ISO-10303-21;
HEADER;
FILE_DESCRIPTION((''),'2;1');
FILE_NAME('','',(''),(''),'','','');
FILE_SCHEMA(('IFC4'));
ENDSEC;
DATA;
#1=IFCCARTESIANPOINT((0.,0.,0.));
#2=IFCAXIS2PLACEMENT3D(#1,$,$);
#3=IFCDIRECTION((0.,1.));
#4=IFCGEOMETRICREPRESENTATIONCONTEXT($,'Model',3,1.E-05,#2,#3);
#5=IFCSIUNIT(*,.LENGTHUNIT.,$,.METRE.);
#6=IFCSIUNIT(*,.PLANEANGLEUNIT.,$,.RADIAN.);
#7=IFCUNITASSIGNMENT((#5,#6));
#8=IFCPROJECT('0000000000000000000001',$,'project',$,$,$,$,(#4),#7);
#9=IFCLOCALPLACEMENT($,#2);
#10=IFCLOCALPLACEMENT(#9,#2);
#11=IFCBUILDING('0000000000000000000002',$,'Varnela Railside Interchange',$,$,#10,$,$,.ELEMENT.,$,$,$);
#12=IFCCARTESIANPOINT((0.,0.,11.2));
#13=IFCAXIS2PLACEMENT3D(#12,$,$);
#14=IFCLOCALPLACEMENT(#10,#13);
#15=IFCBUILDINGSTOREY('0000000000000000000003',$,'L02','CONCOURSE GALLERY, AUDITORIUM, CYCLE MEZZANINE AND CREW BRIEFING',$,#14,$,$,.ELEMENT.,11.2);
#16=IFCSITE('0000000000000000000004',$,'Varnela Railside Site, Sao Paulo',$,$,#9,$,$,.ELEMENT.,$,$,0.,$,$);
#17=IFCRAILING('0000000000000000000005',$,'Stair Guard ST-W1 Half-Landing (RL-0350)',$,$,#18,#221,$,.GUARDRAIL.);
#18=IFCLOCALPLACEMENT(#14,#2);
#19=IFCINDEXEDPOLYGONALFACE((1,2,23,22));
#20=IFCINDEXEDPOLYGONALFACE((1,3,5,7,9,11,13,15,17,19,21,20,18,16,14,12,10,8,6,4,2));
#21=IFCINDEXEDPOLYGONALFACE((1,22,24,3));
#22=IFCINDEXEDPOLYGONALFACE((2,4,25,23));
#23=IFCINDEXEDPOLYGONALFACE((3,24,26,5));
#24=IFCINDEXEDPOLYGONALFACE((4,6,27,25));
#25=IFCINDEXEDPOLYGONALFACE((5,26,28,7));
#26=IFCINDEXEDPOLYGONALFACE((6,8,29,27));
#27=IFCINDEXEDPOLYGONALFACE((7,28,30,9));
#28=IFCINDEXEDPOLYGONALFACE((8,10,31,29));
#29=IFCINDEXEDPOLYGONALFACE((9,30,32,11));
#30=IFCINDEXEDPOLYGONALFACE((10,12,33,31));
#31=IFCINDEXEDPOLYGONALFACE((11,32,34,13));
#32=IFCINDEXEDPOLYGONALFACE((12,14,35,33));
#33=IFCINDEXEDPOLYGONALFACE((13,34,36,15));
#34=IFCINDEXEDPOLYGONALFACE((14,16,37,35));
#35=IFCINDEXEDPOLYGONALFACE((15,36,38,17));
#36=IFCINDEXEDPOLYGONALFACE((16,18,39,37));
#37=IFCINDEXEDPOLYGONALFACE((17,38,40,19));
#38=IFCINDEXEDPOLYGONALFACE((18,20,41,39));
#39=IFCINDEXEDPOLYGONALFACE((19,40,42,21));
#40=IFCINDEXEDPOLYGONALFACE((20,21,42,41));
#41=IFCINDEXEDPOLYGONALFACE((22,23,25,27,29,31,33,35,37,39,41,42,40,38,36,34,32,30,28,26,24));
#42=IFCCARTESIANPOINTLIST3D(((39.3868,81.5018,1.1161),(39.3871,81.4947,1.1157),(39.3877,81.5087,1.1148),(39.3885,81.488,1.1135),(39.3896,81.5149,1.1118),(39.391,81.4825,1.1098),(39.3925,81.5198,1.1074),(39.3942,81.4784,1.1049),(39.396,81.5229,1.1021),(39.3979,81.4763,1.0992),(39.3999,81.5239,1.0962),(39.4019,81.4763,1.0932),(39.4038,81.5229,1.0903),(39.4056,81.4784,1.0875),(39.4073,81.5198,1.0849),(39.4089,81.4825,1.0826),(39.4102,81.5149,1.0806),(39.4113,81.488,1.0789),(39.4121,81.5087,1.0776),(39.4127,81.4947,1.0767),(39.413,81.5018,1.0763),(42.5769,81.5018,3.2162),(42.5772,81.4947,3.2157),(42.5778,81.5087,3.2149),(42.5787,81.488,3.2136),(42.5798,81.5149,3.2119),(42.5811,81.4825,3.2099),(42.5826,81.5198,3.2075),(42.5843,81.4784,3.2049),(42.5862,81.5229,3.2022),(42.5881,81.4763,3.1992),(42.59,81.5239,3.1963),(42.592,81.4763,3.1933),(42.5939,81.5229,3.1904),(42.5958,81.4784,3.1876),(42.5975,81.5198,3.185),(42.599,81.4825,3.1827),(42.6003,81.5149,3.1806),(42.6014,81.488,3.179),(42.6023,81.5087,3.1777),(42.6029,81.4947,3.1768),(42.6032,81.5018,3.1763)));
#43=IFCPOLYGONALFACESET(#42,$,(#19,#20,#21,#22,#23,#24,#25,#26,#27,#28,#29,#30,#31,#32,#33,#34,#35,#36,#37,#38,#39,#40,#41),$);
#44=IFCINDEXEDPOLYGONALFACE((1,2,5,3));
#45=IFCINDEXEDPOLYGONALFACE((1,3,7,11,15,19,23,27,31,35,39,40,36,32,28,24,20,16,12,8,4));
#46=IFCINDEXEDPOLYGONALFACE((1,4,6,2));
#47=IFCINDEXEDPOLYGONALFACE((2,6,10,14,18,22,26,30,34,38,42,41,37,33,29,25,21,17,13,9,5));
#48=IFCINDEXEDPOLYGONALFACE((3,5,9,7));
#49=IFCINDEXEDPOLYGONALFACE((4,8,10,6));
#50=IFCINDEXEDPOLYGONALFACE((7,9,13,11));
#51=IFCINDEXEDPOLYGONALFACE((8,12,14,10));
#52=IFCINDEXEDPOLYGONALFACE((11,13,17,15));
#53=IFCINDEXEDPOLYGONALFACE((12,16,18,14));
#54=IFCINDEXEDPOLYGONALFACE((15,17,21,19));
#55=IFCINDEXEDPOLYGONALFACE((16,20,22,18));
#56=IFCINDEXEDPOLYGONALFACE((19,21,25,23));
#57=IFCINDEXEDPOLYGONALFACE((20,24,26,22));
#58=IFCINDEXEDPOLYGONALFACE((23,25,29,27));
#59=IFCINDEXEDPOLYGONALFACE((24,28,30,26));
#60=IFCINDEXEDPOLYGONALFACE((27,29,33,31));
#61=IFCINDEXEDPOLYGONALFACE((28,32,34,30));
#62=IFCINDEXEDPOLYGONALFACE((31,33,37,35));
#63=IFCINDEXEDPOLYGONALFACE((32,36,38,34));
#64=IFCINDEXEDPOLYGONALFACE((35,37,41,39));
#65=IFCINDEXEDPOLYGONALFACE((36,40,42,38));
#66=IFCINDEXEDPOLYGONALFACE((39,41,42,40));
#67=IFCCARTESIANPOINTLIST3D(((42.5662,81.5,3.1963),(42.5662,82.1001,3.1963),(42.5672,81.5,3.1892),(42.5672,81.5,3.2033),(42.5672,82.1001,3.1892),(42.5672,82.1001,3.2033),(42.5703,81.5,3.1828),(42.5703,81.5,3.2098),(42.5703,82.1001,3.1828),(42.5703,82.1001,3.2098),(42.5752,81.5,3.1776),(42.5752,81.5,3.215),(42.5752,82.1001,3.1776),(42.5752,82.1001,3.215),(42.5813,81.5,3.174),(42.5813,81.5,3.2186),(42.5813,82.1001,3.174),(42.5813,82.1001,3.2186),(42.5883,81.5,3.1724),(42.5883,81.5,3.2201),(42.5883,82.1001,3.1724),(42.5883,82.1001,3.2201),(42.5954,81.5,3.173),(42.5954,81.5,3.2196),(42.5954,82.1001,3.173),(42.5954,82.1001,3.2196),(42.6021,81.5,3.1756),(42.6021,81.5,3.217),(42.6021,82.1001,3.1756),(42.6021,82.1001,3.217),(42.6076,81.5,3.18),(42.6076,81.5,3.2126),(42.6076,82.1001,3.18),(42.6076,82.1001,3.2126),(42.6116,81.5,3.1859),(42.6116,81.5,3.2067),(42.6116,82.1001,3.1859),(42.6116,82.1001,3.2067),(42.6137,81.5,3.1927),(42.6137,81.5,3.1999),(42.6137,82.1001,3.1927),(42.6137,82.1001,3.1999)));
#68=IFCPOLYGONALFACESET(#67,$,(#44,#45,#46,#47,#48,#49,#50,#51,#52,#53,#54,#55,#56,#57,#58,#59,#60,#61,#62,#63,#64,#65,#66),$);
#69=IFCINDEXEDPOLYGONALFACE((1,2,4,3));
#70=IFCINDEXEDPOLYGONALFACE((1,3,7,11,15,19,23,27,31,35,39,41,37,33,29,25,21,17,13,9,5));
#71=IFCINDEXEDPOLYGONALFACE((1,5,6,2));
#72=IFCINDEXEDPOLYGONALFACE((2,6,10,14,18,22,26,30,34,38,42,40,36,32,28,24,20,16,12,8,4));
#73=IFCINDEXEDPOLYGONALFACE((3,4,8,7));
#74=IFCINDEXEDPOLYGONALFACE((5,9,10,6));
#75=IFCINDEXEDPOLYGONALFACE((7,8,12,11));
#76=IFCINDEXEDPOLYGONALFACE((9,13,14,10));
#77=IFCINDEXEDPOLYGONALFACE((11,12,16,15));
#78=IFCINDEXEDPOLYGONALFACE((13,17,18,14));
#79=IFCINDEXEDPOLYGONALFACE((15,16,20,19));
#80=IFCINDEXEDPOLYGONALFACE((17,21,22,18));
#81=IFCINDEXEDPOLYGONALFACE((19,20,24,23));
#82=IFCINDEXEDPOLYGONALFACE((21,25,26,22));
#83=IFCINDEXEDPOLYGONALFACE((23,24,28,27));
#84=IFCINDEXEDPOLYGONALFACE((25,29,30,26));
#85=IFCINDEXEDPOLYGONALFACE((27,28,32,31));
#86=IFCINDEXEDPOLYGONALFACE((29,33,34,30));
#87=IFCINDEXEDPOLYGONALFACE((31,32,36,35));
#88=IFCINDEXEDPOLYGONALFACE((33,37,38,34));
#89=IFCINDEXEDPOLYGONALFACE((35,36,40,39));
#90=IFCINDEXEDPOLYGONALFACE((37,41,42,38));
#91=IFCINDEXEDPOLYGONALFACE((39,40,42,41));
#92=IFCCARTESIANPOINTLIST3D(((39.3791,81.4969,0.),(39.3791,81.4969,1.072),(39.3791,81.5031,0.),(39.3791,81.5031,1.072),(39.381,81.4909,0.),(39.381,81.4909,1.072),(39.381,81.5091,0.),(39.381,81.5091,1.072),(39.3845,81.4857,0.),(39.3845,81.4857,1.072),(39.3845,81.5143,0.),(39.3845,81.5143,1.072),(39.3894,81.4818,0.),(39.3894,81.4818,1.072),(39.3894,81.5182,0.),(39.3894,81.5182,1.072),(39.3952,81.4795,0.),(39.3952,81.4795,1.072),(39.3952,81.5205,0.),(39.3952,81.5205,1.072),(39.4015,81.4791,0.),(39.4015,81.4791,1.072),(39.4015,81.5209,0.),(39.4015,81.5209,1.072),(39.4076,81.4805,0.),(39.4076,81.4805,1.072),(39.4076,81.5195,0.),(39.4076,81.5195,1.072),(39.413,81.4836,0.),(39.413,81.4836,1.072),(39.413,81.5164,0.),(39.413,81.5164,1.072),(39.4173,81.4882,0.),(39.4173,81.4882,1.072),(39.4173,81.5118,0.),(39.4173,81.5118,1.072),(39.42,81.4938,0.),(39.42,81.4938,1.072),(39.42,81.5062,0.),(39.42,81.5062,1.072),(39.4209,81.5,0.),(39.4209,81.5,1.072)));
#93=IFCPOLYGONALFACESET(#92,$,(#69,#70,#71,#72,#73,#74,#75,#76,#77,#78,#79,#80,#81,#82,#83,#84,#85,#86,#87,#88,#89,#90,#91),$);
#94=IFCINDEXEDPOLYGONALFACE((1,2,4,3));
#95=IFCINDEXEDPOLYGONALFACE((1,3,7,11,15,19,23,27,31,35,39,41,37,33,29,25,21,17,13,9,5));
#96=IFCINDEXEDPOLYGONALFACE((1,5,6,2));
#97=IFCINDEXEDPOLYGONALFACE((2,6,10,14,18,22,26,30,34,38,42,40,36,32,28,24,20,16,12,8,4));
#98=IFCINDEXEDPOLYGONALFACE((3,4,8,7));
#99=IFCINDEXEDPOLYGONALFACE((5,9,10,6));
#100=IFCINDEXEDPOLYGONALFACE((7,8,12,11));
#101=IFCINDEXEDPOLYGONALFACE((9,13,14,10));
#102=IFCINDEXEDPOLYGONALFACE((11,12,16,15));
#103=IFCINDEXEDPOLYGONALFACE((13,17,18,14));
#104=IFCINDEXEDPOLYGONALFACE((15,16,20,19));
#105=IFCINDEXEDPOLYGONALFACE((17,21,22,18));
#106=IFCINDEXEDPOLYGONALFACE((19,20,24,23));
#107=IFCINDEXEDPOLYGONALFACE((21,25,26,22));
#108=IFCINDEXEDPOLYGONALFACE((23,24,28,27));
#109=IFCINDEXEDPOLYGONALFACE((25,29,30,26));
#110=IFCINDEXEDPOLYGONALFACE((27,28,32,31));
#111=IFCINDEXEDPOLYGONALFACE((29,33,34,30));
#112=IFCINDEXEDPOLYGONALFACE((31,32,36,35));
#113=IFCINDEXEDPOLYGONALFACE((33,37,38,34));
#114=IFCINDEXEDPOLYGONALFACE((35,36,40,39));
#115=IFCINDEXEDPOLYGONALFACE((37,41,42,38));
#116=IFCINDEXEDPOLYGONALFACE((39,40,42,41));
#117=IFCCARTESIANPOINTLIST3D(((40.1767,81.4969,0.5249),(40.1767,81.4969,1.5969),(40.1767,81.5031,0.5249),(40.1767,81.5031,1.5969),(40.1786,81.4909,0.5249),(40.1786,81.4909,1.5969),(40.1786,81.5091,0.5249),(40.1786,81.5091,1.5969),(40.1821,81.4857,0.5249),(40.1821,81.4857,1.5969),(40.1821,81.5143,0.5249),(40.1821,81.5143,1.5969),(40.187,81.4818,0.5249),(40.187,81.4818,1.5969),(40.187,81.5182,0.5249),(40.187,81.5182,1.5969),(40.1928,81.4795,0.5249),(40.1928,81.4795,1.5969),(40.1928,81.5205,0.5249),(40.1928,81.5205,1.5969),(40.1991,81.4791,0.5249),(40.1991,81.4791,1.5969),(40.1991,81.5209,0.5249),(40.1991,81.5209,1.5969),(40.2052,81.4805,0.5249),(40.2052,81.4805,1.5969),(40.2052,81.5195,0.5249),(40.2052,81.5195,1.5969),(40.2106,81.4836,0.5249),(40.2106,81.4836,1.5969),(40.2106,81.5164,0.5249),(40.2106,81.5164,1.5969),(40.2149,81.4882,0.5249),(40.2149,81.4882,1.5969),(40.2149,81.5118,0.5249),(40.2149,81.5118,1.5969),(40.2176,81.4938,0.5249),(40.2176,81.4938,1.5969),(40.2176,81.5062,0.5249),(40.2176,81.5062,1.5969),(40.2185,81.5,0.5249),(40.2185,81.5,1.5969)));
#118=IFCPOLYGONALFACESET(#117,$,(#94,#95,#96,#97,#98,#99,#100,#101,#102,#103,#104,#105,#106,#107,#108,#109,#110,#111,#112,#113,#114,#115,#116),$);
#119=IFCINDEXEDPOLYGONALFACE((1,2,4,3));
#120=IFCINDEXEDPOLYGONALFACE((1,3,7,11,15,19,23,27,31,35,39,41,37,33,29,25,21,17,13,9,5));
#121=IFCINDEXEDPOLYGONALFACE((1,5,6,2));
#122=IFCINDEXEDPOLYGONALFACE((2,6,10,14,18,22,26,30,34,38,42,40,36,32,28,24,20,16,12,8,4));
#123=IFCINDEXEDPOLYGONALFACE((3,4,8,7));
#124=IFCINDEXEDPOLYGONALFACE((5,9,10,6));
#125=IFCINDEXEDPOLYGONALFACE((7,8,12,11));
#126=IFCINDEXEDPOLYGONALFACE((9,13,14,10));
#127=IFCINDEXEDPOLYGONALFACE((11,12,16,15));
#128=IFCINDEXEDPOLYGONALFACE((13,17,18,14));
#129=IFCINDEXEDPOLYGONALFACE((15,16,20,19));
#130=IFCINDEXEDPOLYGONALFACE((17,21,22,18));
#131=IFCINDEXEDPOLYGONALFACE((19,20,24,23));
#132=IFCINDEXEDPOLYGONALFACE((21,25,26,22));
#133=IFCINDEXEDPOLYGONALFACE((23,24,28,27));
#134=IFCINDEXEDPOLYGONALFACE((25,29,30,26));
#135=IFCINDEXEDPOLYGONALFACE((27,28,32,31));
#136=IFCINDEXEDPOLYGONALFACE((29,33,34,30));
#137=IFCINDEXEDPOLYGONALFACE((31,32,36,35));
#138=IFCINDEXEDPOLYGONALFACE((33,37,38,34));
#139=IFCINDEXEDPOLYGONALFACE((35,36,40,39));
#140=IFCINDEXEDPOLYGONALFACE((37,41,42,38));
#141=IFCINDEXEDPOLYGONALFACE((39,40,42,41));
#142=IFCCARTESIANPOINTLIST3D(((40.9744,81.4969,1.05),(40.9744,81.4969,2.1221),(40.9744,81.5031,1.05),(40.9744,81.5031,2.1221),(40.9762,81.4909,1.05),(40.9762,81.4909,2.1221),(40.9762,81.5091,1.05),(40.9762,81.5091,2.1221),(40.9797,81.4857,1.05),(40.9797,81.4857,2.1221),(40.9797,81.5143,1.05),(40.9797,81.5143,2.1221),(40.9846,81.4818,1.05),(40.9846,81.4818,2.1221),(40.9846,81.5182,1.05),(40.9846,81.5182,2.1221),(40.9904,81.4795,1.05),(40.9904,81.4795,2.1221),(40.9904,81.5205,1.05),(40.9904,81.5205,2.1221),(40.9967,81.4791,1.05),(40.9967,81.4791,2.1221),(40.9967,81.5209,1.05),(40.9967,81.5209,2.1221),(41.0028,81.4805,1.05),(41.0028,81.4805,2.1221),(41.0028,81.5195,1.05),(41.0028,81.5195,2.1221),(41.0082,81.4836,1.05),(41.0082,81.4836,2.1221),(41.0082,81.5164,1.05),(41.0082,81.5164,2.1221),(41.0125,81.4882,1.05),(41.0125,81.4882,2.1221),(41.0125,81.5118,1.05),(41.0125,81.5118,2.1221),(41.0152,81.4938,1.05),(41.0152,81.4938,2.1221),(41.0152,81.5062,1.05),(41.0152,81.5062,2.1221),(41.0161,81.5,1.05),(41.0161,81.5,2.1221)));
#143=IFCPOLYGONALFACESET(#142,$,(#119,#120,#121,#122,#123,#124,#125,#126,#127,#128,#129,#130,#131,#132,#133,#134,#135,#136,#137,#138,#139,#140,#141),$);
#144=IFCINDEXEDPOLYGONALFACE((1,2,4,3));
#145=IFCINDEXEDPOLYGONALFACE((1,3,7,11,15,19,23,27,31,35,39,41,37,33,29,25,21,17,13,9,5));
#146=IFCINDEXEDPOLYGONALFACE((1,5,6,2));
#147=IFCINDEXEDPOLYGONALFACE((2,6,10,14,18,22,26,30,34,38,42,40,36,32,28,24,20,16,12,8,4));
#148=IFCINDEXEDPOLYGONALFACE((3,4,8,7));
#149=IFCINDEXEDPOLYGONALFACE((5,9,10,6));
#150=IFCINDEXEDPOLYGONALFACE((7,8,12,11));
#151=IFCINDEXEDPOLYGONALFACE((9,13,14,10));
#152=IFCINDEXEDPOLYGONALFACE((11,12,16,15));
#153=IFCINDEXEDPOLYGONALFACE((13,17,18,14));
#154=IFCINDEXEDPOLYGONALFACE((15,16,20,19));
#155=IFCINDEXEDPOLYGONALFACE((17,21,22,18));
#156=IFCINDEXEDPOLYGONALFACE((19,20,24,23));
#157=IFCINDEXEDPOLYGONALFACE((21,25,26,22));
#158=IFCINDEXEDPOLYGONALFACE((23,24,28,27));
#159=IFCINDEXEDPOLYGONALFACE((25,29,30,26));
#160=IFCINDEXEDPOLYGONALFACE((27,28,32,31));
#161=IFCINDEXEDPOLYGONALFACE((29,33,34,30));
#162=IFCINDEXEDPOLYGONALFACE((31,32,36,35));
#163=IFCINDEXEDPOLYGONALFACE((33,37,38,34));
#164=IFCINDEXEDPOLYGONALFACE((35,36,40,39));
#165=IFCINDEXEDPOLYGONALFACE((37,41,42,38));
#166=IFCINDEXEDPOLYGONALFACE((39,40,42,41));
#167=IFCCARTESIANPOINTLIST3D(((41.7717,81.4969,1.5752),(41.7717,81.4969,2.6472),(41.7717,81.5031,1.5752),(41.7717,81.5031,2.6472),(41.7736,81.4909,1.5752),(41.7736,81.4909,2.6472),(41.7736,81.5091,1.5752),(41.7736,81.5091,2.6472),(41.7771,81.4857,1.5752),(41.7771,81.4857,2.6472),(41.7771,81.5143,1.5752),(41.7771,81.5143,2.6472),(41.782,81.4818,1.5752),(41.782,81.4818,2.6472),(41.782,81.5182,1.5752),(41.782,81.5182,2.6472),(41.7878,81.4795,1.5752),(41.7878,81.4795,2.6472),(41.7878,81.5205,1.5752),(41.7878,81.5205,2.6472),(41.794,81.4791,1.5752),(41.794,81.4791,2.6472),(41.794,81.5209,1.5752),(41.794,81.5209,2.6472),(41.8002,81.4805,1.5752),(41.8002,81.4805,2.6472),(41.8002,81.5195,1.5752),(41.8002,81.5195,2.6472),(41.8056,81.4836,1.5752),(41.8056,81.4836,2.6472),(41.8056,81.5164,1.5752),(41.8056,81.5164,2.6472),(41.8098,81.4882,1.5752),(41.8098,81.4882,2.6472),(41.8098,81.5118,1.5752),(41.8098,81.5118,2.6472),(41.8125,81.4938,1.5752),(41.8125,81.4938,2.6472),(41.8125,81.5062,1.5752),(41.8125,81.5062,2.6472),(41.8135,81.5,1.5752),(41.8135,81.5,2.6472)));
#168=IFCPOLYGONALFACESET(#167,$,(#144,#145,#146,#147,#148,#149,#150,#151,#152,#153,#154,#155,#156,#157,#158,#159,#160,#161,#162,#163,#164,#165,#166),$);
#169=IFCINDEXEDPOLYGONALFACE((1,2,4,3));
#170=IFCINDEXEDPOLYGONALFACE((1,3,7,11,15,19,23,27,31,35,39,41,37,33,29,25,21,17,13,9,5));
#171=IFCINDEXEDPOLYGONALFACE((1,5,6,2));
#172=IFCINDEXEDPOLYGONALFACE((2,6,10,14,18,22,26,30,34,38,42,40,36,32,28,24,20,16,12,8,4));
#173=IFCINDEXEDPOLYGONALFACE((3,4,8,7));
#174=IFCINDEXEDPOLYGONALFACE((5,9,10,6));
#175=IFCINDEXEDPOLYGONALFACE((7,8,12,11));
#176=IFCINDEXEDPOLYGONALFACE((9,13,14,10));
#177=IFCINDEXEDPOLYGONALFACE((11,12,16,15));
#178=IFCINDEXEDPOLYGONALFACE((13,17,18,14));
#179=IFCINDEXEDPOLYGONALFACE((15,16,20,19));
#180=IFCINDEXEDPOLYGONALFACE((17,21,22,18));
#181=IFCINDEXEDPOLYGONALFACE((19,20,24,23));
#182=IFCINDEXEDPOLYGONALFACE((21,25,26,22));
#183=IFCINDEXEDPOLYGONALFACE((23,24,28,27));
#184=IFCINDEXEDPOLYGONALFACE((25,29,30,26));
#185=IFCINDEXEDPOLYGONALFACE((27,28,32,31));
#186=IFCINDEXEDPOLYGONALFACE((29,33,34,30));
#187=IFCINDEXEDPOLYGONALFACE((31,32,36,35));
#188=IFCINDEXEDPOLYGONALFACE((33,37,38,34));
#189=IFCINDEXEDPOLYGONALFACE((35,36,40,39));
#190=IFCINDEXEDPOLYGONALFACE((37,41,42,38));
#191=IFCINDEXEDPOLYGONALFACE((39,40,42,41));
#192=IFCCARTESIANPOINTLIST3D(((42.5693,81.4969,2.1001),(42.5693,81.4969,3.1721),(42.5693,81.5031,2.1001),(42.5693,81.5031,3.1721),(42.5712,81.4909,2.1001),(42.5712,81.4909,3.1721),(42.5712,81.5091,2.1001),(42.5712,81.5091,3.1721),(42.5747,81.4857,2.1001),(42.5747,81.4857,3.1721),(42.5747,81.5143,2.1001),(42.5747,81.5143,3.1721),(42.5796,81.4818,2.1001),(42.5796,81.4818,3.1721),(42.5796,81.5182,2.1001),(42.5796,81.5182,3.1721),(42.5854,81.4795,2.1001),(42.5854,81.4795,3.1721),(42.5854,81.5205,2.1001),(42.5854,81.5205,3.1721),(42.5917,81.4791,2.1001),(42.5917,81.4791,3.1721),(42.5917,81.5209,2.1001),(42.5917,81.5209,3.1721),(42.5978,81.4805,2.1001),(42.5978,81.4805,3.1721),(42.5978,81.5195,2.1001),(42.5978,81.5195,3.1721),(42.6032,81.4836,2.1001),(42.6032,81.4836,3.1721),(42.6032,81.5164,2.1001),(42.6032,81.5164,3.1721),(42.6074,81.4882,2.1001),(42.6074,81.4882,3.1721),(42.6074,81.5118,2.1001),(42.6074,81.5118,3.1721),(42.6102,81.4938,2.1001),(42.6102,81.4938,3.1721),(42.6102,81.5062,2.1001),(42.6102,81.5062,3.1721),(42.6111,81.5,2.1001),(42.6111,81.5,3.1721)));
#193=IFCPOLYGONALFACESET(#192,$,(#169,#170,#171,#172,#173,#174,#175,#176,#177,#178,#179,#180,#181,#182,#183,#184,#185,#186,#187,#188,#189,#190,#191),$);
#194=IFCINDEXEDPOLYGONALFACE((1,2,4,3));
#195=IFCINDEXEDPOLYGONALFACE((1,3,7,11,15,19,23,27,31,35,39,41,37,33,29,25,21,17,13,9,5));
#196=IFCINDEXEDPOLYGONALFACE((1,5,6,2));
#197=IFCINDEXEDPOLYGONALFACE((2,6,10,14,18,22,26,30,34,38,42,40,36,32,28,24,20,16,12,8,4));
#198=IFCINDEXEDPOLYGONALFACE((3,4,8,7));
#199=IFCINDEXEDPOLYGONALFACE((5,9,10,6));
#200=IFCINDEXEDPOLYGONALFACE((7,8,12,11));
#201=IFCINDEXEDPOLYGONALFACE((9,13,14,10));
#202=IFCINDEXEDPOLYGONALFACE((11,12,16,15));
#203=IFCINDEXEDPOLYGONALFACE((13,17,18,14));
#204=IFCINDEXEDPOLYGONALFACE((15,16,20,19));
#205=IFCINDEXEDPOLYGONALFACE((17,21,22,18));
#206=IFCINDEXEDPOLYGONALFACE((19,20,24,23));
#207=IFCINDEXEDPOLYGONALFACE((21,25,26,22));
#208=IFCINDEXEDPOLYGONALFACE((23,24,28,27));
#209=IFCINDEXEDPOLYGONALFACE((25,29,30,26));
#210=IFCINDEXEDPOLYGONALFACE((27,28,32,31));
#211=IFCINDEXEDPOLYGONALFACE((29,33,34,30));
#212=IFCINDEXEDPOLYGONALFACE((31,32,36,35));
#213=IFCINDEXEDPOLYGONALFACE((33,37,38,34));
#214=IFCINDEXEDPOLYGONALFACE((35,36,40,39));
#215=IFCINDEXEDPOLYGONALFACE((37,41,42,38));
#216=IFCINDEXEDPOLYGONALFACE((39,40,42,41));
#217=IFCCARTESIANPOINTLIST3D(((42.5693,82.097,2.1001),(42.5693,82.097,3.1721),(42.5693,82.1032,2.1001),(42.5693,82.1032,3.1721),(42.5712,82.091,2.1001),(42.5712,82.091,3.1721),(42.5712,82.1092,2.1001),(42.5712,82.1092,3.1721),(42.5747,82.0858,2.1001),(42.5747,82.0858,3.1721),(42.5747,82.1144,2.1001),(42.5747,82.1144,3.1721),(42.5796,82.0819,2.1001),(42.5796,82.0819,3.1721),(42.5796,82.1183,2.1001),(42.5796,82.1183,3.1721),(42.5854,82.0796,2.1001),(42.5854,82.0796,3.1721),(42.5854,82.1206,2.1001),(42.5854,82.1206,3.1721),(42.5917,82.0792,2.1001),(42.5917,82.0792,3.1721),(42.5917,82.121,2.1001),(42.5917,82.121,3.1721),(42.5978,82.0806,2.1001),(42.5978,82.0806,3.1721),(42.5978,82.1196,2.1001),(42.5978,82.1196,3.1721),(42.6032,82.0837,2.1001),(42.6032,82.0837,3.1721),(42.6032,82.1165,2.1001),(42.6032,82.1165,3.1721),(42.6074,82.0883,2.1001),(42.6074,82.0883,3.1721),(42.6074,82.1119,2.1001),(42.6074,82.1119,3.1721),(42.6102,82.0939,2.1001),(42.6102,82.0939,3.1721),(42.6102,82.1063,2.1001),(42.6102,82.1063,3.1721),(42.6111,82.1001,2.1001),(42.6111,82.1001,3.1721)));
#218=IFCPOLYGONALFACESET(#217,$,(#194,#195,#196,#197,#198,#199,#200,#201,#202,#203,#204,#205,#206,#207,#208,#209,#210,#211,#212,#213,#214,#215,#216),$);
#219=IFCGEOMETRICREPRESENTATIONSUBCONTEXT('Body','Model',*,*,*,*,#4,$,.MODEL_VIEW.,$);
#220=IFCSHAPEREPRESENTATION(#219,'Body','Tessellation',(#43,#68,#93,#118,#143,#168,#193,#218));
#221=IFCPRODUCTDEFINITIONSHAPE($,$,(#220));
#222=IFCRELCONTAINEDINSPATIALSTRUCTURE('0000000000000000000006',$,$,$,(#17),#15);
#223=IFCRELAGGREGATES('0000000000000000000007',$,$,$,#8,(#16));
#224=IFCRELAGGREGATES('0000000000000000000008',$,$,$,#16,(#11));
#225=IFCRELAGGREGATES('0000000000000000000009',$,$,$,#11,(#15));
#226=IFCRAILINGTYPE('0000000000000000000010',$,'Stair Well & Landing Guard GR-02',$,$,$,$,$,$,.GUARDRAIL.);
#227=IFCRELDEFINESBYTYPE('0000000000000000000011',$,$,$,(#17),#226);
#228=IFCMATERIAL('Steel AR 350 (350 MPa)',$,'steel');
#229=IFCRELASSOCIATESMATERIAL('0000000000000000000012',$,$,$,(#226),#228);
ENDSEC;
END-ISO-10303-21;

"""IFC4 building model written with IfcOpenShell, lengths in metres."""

from ifc_helpers import new_model, si_unit, direction, frame, origin, origin_2d, place, context, subcontext, project, spatial, circle, extrude, material, type_object, element, save


model = new_model("IFC4")

# Units and contexts
model_context = context("Model", 3, precision=1e-05, world=origin(), true_north=direction((0.0, 1.0)))
body_context = subcontext(model_context, "Body", "Model", "MODEL_VIEW")
ifc_project = project(units=[si_unit("LENGTHUNIT", "METRE"), si_unit("PLANEANGLEUNIT", "RADIAN")], contexts=[model_context])

# Site, building, storey
site_placement = place(None, origin())
site = spatial("IfcSite", under=ifc_project, at=site_placement, Name="Varnela Railside Site, Sao Paulo", CompositionType="ELEMENT", RefElevation=0.0)
building_placement = place(site_placement, origin())
building = spatial("IfcBuilding", under=site, at=building_placement, Name="Varnela Railside Interchange", CompositionType="ELEMENT")
storey_placement = place(building_placement, frame((0.0, 0.0, 11.2)))
storey = spatial("IfcBuildingStorey", under=building, at=storey_placement, Name="L02", Description="CONCOURSE GALLERY, AUDITORIUM, CYCLE MEZZANINE AND CREW BRIEFING", CompositionType="ELEMENT", Elevation=11.2)

# Shared definitions
ifc_material_1 = material(Name="Steel AR 350 (350 MPa)", Category="steel")

# Railing
railing_type_1 = type_object("IfcRailingType", Name="Stair Well & Landing Guard GR-02", PredefinedType="GUARDRAIL", material=ifc_material_1)
railing_1_placement = place(storey_placement, frame((39.3999, 81.5, 0.0)))
element("IfcRailing", 1, at=railing_1_placement, inside=storey, type_object=railing_type_1, Name="Stair Guard ST-W1 Half-Landing (RL-0350)", PredefinedType="GUARDRAIL", context=body_context, shape_type="SweptSolid", body=[
    extrude(circle(Radius=0.0239, at=origin_2d()), frame((0.0, 0.0, 1.0962), z_axis=(0.835262, 0.0, 0.549852), x_axis=(0.0, 1.0, 0.0)), (0.0, 0.0, 1.0), 3.8193),
    extrude(circle(Radius=0.0239, at=origin_2d()), frame((3.1902, 0.0, 3.1963), z_axis=(0.0, 1.0, 0.0), x_axis=(-1.0, 0.0, 0.0)), (0.0, 0.0, 1.0), 0.6001),
    extrude(circle(Radius=0.021, at=origin_2d()), origin(), (0.0, 0.0, 1.0), 1.072),
    extrude(circle(Radius=0.021, at=origin_2d()), frame((0.7976, 0.0, 0.5249)), (0.0, 0.0, 1.0), 1.072),
    extrude(circle(Radius=0.021, at=origin_2d()), frame((1.5952, 0.0, 1.05)), (0.0, 0.0, 1.0), 1.072),
    extrude(circle(Radius=0.021, at=origin_2d()), frame((2.3926, 0.0, 1.5752)), (0.0, 0.0, 1.0), 1.072),
    extrude(circle(Radius=0.021, at=origin_2d()), frame((3.1902, 0.0, 2.1001)), (0.0, 0.0, 1.0), 1.072),
    extrude(circle(Radius=0.021, at=origin_2d()), frame((3.1902, 0.6001, 2.1001)), (0.0, 0.0, 1.0), 1.072),
])

save(model, "model.ifc")
